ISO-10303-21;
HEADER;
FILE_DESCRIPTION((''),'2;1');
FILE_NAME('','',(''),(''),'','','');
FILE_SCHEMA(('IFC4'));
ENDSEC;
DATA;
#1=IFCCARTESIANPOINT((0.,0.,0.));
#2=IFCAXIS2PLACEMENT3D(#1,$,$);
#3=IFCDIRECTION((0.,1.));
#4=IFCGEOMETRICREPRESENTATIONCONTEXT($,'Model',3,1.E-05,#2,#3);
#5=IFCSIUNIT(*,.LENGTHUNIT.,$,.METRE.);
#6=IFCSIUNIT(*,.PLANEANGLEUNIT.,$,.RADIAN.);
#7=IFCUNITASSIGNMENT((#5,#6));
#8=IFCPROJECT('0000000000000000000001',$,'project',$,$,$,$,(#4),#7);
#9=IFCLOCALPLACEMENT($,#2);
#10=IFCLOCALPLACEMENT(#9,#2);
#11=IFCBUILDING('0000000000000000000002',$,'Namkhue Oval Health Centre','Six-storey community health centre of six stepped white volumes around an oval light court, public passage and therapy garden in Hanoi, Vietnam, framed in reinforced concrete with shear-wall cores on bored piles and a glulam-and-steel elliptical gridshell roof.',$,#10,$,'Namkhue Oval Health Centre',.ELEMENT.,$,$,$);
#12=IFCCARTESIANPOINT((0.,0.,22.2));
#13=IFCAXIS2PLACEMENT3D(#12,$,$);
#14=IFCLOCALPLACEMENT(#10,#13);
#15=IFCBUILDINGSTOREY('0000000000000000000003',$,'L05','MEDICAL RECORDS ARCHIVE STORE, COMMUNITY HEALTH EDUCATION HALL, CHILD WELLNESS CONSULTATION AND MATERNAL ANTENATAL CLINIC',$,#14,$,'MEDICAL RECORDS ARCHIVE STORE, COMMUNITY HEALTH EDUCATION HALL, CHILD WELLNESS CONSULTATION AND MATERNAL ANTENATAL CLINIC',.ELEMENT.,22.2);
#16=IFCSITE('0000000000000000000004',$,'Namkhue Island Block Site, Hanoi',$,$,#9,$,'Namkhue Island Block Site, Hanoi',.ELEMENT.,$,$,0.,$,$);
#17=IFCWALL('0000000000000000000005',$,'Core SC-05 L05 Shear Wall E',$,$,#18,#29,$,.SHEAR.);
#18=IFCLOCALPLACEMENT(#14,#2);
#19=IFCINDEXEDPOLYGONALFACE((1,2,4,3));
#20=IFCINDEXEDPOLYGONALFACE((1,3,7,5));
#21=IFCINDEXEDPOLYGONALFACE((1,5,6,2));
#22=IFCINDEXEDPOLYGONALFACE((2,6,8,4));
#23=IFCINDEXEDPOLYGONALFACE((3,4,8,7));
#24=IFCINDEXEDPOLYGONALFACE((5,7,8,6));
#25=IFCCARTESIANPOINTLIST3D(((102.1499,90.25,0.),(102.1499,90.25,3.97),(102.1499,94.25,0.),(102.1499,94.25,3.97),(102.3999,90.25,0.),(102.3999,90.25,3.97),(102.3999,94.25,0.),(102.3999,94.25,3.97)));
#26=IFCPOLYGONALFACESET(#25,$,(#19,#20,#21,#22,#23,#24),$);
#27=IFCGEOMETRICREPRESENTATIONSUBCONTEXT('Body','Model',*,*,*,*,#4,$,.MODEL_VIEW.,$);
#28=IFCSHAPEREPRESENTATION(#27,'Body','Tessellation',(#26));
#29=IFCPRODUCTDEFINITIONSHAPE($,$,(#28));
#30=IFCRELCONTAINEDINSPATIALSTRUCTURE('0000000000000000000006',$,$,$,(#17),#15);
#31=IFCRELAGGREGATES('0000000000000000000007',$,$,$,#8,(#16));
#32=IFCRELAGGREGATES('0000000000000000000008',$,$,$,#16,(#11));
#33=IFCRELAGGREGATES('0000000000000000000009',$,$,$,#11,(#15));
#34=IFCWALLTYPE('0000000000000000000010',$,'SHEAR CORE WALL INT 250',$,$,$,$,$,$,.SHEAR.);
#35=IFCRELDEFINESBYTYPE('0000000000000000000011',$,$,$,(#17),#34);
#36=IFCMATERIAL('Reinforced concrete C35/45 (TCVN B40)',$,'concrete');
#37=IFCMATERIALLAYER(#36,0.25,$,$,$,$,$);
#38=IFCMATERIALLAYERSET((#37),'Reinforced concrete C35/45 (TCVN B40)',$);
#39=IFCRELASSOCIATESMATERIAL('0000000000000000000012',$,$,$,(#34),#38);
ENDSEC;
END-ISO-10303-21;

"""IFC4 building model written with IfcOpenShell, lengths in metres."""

from ifc_helpers import new_model, si_unit, direction, frame, frame_2d, origin, place, context, subcontext, project, spatial, rectangle, extrude, material, layer, layer_set, type_object, element, save


model = new_model("IFC4")

# Units and contexts
model_context = context("Model", 3, precision=1e-05, world=origin(), true_north=direction((0.0, 1.0)))
body_context = subcontext(model_context, "Body", "Model", "MODEL_VIEW")
ifc_project = project(units=[si_unit("LENGTHUNIT", "METRE"), si_unit("PLANEANGLEUNIT", "RADIAN")], contexts=[model_context])

# Site, building, storey
site_placement = place(None, origin())
site = spatial("IfcSite", under=ifc_project, at=site_placement, Name="Namkhue Island Block Site, Hanoi", LongName="Namkhue Island Block Site, Hanoi", CompositionType="ELEMENT", RefElevation=0.0)
building_placement = place(site_placement, origin())
building = spatial("IfcBuilding", under=site, at=building_placement, Name="Namkhue Oval Health Centre", Description="Six-storey community health centre of six stepped white volumes around an oval light court, public passage and therapy garden in Hanoi, Vietnam, framed in reinforced concrete with shear-wall cores on bored piles and a glulam-and-steel elliptical gridshell roof.", LongName="Namkhue Oval Health Centre", CompositionType="ELEMENT")
storey_placement = place(building_placement, frame((0.0, 0.0, 22.2)))
storey = spatial("IfcBuildingStorey", under=building, at=storey_placement, Name="L05", Description="MEDICAL RECORDS ARCHIVE STORE, COMMUNITY HEALTH EDUCATION HALL, CHILD WELLNESS CONSULTATION AND MATERNAL ANTENATAL CLINIC", LongName="MEDICAL RECORDS ARCHIVE STORE, COMMUNITY HEALTH EDUCATION HALL, CHILD WELLNESS CONSULTATION AND MATERNAL ANTENATAL CLINIC", CompositionType="ELEMENT", Elevation=22.2)

# Shared definitions
ifc_material_1 = material(Name="Reinforced concrete C35/45 (TCVN B40)", Category="concrete")

# Wall
ifc_layer_1 = layer(ifc_material_1, 0.25)
ifc_layer_set_1 = layer_set([ifc_layer_1], Name="Reinforced concrete C35/45 (TCVN B40)")
wall_type_1 = type_object("IfcWallType", Name="SHEAR CORE WALL INT 250", PredefinedType="SHEAR", material=ifc_layer_set_1)
wall_1_placement = place(storey_placement, frame((102.2749, 90.25, 0.0), z_axis=(0.0, 0.0, 1.0), x_axis=(0.0, 1.0, 0.0)))
element("IfcWall", 1, at=wall_1_placement, inside=storey, type_object=wall_type_1, Name="Core SC-05 L05 Shear Wall E", PredefinedType="SHEAR", context=body_context, shape_type="SweptSolid", body=[
    extrude(rectangle(XDim=4.0, YDim=0.25, at=frame_2d((2.0, 0.0))), origin(), (0.0, 0.0, 1.0), 3.97),
])

save(model, "model.ifc")
